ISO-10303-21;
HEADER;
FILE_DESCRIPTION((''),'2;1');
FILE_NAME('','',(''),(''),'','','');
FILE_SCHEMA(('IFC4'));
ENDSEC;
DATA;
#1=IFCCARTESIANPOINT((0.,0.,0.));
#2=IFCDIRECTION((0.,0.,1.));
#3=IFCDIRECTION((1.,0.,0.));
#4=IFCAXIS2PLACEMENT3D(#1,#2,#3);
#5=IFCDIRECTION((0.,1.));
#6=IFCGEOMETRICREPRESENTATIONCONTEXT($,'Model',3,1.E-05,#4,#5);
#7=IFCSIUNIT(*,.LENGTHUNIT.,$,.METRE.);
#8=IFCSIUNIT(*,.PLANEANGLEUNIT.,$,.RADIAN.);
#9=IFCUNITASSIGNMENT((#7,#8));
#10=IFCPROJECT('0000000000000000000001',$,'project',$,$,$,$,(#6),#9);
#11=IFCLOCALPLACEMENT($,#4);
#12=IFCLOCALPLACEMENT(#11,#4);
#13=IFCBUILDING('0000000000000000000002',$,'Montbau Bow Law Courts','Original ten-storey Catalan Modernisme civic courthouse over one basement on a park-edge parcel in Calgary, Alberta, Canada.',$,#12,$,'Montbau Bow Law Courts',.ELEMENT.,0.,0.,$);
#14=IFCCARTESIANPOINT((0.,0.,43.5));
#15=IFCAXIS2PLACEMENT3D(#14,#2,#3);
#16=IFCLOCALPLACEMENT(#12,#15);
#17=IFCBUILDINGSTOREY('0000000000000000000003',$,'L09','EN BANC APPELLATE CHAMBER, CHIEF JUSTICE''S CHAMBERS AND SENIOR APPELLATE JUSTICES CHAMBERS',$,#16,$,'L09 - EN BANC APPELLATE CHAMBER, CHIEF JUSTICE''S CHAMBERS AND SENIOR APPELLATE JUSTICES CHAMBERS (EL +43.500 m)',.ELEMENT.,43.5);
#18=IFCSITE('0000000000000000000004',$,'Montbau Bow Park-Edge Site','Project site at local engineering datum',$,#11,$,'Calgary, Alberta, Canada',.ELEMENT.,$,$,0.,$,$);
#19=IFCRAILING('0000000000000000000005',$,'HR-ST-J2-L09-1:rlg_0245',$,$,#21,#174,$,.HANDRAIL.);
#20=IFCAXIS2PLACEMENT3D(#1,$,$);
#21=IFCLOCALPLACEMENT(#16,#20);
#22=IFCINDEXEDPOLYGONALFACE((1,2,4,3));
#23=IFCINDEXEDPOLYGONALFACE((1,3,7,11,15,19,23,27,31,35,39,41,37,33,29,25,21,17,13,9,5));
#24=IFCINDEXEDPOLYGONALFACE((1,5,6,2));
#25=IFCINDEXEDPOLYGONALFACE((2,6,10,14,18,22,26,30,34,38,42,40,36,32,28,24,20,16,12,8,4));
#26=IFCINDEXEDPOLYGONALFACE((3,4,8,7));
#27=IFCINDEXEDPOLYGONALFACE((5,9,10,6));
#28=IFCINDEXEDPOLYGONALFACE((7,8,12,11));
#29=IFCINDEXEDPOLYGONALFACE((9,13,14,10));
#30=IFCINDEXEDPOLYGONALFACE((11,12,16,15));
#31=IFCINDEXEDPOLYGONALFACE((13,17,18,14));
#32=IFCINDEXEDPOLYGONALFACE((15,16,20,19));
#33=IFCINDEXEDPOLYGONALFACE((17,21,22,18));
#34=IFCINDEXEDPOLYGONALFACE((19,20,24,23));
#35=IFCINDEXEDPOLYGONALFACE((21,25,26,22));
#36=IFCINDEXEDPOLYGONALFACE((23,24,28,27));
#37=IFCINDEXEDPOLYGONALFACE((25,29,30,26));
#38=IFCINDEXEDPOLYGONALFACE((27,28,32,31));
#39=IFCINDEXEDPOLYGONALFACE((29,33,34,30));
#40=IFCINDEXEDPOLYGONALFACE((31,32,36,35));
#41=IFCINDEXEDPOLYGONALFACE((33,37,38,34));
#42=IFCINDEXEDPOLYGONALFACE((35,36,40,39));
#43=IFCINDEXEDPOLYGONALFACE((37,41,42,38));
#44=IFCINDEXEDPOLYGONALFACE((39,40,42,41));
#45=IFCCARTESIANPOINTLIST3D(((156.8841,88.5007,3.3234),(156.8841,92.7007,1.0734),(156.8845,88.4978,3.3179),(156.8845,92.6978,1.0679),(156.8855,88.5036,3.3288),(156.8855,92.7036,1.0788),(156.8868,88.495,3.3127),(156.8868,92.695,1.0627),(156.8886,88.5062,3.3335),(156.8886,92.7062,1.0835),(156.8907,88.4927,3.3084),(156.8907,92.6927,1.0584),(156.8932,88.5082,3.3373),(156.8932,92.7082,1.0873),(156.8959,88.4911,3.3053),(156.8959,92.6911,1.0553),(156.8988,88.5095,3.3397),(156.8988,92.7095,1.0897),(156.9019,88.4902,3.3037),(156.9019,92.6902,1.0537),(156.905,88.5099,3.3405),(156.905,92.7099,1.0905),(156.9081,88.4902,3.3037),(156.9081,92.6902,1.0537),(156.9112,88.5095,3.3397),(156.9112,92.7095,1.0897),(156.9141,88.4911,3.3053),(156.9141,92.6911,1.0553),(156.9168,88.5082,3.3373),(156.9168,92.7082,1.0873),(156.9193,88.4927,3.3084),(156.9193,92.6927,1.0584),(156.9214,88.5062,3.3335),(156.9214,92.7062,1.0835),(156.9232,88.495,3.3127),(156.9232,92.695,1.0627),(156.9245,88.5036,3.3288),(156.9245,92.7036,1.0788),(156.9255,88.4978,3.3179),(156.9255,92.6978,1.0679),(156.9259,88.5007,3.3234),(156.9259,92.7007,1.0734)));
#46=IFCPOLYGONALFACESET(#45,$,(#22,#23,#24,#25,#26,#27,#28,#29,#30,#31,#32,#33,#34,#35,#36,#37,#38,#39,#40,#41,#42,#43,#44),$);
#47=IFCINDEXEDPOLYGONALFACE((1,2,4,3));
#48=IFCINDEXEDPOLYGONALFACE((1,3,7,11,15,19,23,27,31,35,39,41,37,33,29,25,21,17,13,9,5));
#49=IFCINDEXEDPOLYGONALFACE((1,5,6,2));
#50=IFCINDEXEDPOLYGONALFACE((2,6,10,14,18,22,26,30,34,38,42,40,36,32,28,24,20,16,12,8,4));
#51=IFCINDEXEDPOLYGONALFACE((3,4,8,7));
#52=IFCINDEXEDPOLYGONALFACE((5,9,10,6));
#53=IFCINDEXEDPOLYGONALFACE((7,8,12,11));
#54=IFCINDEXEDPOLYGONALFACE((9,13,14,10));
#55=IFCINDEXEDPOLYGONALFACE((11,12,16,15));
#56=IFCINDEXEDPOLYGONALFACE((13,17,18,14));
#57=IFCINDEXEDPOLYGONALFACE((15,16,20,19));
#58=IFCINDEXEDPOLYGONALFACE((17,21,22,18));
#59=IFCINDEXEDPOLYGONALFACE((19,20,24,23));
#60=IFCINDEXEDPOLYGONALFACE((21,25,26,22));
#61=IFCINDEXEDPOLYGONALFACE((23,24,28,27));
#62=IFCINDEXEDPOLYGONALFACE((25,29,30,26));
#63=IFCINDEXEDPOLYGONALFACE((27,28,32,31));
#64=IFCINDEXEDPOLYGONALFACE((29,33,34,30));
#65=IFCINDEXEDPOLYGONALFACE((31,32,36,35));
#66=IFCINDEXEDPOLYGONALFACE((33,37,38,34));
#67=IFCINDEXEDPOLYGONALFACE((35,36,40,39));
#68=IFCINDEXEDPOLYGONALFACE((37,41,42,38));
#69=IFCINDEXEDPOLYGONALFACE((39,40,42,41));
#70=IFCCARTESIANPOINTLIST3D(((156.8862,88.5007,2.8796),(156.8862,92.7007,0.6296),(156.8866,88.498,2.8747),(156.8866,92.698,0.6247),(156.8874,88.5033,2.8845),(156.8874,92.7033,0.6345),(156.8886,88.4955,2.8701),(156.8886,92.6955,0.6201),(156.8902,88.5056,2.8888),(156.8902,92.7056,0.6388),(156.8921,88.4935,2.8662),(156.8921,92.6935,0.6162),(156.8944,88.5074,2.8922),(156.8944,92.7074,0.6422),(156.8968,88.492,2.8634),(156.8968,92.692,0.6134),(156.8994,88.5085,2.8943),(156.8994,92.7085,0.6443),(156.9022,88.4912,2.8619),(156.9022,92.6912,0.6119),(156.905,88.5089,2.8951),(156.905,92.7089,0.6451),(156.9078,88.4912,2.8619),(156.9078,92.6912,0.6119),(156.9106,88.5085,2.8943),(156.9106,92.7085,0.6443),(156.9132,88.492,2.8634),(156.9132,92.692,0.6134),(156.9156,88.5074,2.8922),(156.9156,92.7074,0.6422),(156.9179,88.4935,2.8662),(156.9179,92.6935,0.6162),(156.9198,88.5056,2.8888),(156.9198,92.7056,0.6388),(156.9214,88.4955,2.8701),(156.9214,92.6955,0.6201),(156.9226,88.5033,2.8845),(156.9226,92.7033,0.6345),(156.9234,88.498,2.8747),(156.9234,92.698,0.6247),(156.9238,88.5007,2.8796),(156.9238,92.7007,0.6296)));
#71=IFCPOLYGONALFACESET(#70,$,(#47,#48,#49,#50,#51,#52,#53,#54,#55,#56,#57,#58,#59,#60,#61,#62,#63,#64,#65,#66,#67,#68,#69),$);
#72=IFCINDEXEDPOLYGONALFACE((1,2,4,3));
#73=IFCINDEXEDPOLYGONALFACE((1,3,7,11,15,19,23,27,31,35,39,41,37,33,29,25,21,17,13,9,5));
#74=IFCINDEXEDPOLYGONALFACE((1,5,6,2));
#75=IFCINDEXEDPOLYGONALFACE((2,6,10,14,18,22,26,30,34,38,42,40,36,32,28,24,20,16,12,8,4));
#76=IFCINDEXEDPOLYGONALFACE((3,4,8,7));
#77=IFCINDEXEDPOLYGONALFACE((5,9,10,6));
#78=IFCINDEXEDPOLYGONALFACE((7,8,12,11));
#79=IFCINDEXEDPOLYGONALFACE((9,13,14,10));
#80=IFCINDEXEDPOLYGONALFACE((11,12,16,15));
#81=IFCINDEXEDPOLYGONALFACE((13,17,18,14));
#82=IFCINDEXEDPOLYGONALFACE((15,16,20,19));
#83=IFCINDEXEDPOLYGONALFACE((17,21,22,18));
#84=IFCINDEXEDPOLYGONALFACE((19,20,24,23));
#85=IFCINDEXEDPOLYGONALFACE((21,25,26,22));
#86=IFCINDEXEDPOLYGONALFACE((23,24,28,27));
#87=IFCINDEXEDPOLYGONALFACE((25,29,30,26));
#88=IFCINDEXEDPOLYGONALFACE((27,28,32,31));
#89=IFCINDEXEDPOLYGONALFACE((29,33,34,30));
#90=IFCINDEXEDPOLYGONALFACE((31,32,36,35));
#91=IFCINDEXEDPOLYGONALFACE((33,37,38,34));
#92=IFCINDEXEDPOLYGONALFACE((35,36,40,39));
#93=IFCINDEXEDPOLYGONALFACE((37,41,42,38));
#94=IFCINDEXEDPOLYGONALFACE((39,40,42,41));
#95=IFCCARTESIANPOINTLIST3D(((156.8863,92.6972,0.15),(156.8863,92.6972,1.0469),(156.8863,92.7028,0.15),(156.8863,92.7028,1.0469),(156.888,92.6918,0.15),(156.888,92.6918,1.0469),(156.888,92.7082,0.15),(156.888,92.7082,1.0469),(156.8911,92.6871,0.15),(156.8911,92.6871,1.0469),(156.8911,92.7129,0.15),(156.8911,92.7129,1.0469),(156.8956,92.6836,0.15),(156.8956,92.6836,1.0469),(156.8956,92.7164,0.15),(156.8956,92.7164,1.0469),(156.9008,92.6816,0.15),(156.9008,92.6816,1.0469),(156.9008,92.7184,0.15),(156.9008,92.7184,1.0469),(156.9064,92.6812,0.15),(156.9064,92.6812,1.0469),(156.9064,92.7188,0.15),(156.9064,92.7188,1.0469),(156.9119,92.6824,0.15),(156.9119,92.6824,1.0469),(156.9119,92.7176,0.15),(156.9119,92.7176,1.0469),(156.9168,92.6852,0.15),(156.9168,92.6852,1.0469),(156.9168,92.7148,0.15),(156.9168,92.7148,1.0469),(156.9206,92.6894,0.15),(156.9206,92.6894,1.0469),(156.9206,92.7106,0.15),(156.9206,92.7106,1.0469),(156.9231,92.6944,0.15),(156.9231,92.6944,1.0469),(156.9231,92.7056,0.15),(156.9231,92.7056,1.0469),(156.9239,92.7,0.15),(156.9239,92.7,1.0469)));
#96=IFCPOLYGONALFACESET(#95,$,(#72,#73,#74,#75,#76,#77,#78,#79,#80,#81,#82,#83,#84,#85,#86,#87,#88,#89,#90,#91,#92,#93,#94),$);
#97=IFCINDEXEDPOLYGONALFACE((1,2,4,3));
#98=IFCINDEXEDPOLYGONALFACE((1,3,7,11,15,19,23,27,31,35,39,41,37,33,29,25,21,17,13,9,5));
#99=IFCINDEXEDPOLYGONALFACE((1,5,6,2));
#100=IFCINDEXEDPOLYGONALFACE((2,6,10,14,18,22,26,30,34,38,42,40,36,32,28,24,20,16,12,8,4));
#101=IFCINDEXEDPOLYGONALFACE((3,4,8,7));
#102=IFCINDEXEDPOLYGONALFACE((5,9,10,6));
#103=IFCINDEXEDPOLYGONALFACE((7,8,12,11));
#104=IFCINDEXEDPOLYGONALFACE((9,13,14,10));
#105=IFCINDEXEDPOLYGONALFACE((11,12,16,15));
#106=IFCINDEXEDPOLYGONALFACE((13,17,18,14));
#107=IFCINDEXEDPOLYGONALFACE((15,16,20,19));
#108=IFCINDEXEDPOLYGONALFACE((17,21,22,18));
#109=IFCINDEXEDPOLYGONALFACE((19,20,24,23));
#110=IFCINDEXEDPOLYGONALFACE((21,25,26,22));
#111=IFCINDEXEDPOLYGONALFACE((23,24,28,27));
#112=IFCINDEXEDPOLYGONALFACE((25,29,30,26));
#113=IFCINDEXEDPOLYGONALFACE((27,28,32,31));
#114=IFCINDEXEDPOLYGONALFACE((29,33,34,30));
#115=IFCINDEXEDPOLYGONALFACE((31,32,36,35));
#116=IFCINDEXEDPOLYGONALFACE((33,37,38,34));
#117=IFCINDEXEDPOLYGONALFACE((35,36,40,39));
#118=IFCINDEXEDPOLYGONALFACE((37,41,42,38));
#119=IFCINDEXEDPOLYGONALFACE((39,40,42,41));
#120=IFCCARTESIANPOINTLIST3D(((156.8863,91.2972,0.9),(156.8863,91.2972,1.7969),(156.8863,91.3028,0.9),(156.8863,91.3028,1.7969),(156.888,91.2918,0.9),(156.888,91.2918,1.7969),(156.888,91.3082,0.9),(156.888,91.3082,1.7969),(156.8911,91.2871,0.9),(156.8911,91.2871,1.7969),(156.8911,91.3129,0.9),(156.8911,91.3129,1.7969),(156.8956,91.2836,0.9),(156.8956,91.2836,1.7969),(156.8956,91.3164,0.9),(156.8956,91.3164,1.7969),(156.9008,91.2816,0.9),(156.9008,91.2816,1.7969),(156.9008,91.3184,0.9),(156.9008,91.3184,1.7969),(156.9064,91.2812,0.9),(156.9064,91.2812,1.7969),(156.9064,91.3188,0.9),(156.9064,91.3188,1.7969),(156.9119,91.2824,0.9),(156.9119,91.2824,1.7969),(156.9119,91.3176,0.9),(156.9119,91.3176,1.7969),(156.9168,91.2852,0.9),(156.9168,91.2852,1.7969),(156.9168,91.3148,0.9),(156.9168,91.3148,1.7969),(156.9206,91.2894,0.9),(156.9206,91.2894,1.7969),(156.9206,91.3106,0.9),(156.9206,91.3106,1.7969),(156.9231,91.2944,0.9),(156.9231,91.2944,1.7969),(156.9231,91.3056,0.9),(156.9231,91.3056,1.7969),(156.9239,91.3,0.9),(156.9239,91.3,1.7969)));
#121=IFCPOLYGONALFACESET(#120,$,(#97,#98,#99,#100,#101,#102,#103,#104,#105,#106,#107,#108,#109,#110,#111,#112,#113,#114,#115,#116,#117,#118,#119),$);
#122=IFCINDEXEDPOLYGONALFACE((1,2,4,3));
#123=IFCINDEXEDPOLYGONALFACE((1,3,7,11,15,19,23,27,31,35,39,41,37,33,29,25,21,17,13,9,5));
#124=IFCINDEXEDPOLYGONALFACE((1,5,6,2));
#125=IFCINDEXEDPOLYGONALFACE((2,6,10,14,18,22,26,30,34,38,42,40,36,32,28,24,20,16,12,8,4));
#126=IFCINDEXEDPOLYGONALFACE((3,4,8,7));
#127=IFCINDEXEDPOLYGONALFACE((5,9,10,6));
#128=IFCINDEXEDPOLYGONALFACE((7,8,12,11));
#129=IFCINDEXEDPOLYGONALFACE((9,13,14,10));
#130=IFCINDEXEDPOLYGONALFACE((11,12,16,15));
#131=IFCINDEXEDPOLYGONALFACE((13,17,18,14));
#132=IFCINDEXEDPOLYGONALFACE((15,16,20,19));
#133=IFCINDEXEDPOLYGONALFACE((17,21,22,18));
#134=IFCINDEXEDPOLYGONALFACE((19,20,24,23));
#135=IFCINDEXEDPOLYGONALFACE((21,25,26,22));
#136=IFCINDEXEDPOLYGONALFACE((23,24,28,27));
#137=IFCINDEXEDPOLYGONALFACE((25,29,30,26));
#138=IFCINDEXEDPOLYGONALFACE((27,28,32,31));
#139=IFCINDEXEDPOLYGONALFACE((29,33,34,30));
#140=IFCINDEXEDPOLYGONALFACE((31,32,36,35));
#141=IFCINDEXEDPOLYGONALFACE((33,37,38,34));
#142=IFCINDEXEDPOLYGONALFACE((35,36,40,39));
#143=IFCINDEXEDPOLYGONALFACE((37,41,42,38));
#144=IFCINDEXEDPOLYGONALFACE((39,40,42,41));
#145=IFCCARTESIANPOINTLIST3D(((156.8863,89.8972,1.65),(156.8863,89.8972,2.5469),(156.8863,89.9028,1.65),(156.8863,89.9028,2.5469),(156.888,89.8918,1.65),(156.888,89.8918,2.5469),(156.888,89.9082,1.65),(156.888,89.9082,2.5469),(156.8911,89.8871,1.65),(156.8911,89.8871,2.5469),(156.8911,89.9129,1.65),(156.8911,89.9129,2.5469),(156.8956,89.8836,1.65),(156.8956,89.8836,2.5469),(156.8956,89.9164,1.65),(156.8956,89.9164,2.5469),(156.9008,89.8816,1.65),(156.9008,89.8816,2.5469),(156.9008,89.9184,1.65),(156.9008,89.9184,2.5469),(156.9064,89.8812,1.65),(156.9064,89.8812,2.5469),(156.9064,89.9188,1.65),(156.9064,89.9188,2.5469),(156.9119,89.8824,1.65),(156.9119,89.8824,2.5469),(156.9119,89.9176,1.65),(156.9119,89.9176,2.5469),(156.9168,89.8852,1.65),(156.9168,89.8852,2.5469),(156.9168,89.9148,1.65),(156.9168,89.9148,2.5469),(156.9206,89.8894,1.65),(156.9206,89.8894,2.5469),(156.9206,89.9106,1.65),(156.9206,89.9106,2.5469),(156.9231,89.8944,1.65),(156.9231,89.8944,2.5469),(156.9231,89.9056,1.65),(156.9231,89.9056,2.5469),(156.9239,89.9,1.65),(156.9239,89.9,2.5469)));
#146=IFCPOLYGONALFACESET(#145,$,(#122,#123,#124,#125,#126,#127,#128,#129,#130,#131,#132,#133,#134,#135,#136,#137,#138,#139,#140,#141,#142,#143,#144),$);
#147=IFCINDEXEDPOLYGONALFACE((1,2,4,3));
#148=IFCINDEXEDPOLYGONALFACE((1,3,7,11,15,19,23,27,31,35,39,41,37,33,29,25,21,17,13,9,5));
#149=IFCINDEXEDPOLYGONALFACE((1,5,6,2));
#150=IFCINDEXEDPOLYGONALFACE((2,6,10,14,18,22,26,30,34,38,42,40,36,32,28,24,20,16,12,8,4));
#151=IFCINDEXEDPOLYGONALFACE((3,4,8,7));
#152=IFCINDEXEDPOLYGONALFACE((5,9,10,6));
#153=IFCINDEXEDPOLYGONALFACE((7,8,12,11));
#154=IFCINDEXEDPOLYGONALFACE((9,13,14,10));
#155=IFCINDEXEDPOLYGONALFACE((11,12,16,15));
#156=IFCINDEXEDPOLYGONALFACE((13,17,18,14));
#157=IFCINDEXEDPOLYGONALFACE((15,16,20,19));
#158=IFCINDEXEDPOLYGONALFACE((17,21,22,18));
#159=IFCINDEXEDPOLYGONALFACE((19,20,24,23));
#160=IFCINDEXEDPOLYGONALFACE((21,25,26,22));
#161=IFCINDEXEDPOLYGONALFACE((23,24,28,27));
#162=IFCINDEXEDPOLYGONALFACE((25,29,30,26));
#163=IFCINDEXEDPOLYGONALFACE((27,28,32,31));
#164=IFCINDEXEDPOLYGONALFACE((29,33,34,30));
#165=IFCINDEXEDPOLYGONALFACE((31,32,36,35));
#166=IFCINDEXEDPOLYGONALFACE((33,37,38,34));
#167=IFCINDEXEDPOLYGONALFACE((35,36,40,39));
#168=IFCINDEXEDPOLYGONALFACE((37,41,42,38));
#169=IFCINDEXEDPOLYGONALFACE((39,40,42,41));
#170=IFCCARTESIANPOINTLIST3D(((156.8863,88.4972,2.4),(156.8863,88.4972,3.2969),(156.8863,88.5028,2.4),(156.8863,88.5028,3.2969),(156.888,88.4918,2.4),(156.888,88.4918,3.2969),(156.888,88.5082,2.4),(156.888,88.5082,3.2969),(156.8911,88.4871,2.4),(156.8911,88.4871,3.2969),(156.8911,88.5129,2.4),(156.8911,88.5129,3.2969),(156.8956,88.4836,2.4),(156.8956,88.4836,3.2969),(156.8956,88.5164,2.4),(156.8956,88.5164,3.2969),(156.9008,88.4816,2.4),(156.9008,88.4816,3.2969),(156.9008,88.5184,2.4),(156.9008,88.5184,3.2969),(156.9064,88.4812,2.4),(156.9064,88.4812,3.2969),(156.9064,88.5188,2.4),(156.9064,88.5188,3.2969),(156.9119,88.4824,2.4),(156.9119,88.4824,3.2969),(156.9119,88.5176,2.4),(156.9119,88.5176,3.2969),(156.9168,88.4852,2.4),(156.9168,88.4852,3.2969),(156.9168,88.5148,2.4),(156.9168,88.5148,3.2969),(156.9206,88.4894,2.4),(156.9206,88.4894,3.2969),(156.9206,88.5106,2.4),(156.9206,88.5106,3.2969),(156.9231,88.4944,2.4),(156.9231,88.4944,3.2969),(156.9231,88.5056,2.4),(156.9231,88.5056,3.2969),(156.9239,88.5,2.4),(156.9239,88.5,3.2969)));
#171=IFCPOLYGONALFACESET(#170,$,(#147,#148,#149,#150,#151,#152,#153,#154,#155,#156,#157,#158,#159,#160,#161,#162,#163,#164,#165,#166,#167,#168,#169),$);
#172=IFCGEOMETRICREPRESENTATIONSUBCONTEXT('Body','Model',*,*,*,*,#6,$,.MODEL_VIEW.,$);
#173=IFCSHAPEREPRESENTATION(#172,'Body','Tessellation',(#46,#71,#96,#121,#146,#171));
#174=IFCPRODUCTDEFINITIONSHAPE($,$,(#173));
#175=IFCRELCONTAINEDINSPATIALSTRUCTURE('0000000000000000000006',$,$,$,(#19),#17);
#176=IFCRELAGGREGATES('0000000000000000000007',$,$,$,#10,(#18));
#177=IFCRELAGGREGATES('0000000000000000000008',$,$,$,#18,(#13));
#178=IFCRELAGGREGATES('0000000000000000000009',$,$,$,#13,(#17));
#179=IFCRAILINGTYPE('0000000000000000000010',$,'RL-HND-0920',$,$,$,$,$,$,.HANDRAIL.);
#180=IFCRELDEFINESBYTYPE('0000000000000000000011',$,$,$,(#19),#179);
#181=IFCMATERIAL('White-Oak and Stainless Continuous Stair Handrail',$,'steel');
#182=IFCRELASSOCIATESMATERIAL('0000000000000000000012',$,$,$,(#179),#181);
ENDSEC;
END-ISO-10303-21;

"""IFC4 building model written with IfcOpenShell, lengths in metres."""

from ifc_helpers import new_model, si_unit, direction, frame, origin_with_axes, origin_2d_with_axis, place, context, subcontext, project, spatial, circle, extrude, material, type_object, element, save


model = new_model("IFC4")

# Units and contexts
model_context = context("Model", 3, precision=1e-05, world=origin_with_axes(), true_north=direction((0.0, 1.0)))
body_context = subcontext(model_context, "Body", "Model", "MODEL_VIEW")
ifc_project = project(units=[si_unit("LENGTHUNIT", "METRE"), si_unit("PLANEANGLEUNIT", "RADIAN")], contexts=[model_context])

# Site, building, storey
site_placement = place(None, origin_with_axes())
site = spatial("IfcSite", under=ifc_project, at=site_placement, Name="Montbau Bow Park-Edge Site", Description="Project site at local engineering datum", LongName="Calgary, Alberta, Canada", CompositionType="ELEMENT", RefElevation=0.0)
building_placement = place(site_placement, origin_with_axes())
building = spatial("IfcBuilding", under=site, at=building_placement, Name="Montbau Bow Law Courts", Description="Original ten-storey Catalan Modernisme civic courthouse over one basement on a park-edge parcel in Calgary, Alberta, Canada.", LongName="Montbau Bow Law Courts", CompositionType="ELEMENT", ElevationOfRefHeight=0.0, ElevationOfTerrain=0.0)
storey_placement = place(building_placement, frame((0.0, 0.0, 43.5), z_axis=(0.0, 0.0, 1.0), x_axis=(1.0, 0.0, 0.0)))
storey = spatial("IfcBuildingStorey", under=building, at=storey_placement, Name="L09", Description="EN BANC APPELLATE CHAMBER, CHIEF JUSTICE'S CHAMBERS AND SENIOR APPELLATE JUSTICES CHAMBERS", LongName="L09 - EN BANC APPELLATE CHAMBER, CHIEF JUSTICE'S CHAMBERS AND SENIOR APPELLATE JUSTICES CHAMBERS (EL +43.500 m)", CompositionType="ELEMENT", Elevation=43.5)

# Railing
ifc_material_1 = material(Name="White-Oak and Stainless Continuous Stair Handrail", Category="steel")
railing_type_1 = type_object("IfcRailingType", Name="RL-HND-0920", PredefinedType="HANDRAIL", material=ifc_material_1)
railing_1_placement = place(None, origin_with_axes())
element("IfcRailing", 1, at=railing_1_placement, inside=storey, type_object=railing_type_1, Name="HR-ST-J2-L09-1:rlg_0245", PredefinedType="HANDRAIL", context=body_context, shape_type="SweptSolid", body=[
    extrude(circle(Radius=0.021, at=origin_2d_with_axis()), frame((156.905, 92.7, 44.572), z_axis=(0.0, -0.88148, 0.472221), x_axis=(0.0, 0.472221, 0.88148)), (0.0, 0.0, 1.0), 4.7647),
    extrude(circle(Radius=0.0189, at=origin_2d_with_axis()), frame((156.905, 92.7, 44.1284), z_axis=(0.0, -0.88148, 0.472221), x_axis=(0.0, 0.472221, 0.88148)), (0.0, 0.0, 1.0), 4.7647),
    extrude(circle(Radius=0.0189, at=origin_2d_with_axis()), frame((156.905, 92.7, 43.65), z_axis=(0.0, 0.0, 1.0), x_axis=(1.0, 0.0, 0.0)), (0.0, 0.0, 1.0), 0.8969),
    extrude(circle(Radius=0.0189, at=origin_2d_with_axis()), frame((156.905, 91.3, 44.4), z_axis=(0.0, 0.0, 1.0), x_axis=(1.0, 0.0, 0.0)), (0.0, 0.0, 1.0), 0.8969),
    extrude(circle(Radius=0.0189, at=origin_2d_with_axis()), frame((156.905, 89.9, 45.15), z_axis=(0.0, 0.0, 1.0), x_axis=(1.0, 0.0, 0.0)), (0.0, 0.0, 1.0), 0.8969),
    extrude(circle(Radius=0.0189, at=origin_2d_with_axis()), frame((156.905, 88.5, 45.9), z_axis=(0.0, 0.0, 1.0), x_axis=(1.0, 0.0, 0.0)), (0.0, 0.0, 1.0), 0.8969),
])

save(model, "model.ifc")
